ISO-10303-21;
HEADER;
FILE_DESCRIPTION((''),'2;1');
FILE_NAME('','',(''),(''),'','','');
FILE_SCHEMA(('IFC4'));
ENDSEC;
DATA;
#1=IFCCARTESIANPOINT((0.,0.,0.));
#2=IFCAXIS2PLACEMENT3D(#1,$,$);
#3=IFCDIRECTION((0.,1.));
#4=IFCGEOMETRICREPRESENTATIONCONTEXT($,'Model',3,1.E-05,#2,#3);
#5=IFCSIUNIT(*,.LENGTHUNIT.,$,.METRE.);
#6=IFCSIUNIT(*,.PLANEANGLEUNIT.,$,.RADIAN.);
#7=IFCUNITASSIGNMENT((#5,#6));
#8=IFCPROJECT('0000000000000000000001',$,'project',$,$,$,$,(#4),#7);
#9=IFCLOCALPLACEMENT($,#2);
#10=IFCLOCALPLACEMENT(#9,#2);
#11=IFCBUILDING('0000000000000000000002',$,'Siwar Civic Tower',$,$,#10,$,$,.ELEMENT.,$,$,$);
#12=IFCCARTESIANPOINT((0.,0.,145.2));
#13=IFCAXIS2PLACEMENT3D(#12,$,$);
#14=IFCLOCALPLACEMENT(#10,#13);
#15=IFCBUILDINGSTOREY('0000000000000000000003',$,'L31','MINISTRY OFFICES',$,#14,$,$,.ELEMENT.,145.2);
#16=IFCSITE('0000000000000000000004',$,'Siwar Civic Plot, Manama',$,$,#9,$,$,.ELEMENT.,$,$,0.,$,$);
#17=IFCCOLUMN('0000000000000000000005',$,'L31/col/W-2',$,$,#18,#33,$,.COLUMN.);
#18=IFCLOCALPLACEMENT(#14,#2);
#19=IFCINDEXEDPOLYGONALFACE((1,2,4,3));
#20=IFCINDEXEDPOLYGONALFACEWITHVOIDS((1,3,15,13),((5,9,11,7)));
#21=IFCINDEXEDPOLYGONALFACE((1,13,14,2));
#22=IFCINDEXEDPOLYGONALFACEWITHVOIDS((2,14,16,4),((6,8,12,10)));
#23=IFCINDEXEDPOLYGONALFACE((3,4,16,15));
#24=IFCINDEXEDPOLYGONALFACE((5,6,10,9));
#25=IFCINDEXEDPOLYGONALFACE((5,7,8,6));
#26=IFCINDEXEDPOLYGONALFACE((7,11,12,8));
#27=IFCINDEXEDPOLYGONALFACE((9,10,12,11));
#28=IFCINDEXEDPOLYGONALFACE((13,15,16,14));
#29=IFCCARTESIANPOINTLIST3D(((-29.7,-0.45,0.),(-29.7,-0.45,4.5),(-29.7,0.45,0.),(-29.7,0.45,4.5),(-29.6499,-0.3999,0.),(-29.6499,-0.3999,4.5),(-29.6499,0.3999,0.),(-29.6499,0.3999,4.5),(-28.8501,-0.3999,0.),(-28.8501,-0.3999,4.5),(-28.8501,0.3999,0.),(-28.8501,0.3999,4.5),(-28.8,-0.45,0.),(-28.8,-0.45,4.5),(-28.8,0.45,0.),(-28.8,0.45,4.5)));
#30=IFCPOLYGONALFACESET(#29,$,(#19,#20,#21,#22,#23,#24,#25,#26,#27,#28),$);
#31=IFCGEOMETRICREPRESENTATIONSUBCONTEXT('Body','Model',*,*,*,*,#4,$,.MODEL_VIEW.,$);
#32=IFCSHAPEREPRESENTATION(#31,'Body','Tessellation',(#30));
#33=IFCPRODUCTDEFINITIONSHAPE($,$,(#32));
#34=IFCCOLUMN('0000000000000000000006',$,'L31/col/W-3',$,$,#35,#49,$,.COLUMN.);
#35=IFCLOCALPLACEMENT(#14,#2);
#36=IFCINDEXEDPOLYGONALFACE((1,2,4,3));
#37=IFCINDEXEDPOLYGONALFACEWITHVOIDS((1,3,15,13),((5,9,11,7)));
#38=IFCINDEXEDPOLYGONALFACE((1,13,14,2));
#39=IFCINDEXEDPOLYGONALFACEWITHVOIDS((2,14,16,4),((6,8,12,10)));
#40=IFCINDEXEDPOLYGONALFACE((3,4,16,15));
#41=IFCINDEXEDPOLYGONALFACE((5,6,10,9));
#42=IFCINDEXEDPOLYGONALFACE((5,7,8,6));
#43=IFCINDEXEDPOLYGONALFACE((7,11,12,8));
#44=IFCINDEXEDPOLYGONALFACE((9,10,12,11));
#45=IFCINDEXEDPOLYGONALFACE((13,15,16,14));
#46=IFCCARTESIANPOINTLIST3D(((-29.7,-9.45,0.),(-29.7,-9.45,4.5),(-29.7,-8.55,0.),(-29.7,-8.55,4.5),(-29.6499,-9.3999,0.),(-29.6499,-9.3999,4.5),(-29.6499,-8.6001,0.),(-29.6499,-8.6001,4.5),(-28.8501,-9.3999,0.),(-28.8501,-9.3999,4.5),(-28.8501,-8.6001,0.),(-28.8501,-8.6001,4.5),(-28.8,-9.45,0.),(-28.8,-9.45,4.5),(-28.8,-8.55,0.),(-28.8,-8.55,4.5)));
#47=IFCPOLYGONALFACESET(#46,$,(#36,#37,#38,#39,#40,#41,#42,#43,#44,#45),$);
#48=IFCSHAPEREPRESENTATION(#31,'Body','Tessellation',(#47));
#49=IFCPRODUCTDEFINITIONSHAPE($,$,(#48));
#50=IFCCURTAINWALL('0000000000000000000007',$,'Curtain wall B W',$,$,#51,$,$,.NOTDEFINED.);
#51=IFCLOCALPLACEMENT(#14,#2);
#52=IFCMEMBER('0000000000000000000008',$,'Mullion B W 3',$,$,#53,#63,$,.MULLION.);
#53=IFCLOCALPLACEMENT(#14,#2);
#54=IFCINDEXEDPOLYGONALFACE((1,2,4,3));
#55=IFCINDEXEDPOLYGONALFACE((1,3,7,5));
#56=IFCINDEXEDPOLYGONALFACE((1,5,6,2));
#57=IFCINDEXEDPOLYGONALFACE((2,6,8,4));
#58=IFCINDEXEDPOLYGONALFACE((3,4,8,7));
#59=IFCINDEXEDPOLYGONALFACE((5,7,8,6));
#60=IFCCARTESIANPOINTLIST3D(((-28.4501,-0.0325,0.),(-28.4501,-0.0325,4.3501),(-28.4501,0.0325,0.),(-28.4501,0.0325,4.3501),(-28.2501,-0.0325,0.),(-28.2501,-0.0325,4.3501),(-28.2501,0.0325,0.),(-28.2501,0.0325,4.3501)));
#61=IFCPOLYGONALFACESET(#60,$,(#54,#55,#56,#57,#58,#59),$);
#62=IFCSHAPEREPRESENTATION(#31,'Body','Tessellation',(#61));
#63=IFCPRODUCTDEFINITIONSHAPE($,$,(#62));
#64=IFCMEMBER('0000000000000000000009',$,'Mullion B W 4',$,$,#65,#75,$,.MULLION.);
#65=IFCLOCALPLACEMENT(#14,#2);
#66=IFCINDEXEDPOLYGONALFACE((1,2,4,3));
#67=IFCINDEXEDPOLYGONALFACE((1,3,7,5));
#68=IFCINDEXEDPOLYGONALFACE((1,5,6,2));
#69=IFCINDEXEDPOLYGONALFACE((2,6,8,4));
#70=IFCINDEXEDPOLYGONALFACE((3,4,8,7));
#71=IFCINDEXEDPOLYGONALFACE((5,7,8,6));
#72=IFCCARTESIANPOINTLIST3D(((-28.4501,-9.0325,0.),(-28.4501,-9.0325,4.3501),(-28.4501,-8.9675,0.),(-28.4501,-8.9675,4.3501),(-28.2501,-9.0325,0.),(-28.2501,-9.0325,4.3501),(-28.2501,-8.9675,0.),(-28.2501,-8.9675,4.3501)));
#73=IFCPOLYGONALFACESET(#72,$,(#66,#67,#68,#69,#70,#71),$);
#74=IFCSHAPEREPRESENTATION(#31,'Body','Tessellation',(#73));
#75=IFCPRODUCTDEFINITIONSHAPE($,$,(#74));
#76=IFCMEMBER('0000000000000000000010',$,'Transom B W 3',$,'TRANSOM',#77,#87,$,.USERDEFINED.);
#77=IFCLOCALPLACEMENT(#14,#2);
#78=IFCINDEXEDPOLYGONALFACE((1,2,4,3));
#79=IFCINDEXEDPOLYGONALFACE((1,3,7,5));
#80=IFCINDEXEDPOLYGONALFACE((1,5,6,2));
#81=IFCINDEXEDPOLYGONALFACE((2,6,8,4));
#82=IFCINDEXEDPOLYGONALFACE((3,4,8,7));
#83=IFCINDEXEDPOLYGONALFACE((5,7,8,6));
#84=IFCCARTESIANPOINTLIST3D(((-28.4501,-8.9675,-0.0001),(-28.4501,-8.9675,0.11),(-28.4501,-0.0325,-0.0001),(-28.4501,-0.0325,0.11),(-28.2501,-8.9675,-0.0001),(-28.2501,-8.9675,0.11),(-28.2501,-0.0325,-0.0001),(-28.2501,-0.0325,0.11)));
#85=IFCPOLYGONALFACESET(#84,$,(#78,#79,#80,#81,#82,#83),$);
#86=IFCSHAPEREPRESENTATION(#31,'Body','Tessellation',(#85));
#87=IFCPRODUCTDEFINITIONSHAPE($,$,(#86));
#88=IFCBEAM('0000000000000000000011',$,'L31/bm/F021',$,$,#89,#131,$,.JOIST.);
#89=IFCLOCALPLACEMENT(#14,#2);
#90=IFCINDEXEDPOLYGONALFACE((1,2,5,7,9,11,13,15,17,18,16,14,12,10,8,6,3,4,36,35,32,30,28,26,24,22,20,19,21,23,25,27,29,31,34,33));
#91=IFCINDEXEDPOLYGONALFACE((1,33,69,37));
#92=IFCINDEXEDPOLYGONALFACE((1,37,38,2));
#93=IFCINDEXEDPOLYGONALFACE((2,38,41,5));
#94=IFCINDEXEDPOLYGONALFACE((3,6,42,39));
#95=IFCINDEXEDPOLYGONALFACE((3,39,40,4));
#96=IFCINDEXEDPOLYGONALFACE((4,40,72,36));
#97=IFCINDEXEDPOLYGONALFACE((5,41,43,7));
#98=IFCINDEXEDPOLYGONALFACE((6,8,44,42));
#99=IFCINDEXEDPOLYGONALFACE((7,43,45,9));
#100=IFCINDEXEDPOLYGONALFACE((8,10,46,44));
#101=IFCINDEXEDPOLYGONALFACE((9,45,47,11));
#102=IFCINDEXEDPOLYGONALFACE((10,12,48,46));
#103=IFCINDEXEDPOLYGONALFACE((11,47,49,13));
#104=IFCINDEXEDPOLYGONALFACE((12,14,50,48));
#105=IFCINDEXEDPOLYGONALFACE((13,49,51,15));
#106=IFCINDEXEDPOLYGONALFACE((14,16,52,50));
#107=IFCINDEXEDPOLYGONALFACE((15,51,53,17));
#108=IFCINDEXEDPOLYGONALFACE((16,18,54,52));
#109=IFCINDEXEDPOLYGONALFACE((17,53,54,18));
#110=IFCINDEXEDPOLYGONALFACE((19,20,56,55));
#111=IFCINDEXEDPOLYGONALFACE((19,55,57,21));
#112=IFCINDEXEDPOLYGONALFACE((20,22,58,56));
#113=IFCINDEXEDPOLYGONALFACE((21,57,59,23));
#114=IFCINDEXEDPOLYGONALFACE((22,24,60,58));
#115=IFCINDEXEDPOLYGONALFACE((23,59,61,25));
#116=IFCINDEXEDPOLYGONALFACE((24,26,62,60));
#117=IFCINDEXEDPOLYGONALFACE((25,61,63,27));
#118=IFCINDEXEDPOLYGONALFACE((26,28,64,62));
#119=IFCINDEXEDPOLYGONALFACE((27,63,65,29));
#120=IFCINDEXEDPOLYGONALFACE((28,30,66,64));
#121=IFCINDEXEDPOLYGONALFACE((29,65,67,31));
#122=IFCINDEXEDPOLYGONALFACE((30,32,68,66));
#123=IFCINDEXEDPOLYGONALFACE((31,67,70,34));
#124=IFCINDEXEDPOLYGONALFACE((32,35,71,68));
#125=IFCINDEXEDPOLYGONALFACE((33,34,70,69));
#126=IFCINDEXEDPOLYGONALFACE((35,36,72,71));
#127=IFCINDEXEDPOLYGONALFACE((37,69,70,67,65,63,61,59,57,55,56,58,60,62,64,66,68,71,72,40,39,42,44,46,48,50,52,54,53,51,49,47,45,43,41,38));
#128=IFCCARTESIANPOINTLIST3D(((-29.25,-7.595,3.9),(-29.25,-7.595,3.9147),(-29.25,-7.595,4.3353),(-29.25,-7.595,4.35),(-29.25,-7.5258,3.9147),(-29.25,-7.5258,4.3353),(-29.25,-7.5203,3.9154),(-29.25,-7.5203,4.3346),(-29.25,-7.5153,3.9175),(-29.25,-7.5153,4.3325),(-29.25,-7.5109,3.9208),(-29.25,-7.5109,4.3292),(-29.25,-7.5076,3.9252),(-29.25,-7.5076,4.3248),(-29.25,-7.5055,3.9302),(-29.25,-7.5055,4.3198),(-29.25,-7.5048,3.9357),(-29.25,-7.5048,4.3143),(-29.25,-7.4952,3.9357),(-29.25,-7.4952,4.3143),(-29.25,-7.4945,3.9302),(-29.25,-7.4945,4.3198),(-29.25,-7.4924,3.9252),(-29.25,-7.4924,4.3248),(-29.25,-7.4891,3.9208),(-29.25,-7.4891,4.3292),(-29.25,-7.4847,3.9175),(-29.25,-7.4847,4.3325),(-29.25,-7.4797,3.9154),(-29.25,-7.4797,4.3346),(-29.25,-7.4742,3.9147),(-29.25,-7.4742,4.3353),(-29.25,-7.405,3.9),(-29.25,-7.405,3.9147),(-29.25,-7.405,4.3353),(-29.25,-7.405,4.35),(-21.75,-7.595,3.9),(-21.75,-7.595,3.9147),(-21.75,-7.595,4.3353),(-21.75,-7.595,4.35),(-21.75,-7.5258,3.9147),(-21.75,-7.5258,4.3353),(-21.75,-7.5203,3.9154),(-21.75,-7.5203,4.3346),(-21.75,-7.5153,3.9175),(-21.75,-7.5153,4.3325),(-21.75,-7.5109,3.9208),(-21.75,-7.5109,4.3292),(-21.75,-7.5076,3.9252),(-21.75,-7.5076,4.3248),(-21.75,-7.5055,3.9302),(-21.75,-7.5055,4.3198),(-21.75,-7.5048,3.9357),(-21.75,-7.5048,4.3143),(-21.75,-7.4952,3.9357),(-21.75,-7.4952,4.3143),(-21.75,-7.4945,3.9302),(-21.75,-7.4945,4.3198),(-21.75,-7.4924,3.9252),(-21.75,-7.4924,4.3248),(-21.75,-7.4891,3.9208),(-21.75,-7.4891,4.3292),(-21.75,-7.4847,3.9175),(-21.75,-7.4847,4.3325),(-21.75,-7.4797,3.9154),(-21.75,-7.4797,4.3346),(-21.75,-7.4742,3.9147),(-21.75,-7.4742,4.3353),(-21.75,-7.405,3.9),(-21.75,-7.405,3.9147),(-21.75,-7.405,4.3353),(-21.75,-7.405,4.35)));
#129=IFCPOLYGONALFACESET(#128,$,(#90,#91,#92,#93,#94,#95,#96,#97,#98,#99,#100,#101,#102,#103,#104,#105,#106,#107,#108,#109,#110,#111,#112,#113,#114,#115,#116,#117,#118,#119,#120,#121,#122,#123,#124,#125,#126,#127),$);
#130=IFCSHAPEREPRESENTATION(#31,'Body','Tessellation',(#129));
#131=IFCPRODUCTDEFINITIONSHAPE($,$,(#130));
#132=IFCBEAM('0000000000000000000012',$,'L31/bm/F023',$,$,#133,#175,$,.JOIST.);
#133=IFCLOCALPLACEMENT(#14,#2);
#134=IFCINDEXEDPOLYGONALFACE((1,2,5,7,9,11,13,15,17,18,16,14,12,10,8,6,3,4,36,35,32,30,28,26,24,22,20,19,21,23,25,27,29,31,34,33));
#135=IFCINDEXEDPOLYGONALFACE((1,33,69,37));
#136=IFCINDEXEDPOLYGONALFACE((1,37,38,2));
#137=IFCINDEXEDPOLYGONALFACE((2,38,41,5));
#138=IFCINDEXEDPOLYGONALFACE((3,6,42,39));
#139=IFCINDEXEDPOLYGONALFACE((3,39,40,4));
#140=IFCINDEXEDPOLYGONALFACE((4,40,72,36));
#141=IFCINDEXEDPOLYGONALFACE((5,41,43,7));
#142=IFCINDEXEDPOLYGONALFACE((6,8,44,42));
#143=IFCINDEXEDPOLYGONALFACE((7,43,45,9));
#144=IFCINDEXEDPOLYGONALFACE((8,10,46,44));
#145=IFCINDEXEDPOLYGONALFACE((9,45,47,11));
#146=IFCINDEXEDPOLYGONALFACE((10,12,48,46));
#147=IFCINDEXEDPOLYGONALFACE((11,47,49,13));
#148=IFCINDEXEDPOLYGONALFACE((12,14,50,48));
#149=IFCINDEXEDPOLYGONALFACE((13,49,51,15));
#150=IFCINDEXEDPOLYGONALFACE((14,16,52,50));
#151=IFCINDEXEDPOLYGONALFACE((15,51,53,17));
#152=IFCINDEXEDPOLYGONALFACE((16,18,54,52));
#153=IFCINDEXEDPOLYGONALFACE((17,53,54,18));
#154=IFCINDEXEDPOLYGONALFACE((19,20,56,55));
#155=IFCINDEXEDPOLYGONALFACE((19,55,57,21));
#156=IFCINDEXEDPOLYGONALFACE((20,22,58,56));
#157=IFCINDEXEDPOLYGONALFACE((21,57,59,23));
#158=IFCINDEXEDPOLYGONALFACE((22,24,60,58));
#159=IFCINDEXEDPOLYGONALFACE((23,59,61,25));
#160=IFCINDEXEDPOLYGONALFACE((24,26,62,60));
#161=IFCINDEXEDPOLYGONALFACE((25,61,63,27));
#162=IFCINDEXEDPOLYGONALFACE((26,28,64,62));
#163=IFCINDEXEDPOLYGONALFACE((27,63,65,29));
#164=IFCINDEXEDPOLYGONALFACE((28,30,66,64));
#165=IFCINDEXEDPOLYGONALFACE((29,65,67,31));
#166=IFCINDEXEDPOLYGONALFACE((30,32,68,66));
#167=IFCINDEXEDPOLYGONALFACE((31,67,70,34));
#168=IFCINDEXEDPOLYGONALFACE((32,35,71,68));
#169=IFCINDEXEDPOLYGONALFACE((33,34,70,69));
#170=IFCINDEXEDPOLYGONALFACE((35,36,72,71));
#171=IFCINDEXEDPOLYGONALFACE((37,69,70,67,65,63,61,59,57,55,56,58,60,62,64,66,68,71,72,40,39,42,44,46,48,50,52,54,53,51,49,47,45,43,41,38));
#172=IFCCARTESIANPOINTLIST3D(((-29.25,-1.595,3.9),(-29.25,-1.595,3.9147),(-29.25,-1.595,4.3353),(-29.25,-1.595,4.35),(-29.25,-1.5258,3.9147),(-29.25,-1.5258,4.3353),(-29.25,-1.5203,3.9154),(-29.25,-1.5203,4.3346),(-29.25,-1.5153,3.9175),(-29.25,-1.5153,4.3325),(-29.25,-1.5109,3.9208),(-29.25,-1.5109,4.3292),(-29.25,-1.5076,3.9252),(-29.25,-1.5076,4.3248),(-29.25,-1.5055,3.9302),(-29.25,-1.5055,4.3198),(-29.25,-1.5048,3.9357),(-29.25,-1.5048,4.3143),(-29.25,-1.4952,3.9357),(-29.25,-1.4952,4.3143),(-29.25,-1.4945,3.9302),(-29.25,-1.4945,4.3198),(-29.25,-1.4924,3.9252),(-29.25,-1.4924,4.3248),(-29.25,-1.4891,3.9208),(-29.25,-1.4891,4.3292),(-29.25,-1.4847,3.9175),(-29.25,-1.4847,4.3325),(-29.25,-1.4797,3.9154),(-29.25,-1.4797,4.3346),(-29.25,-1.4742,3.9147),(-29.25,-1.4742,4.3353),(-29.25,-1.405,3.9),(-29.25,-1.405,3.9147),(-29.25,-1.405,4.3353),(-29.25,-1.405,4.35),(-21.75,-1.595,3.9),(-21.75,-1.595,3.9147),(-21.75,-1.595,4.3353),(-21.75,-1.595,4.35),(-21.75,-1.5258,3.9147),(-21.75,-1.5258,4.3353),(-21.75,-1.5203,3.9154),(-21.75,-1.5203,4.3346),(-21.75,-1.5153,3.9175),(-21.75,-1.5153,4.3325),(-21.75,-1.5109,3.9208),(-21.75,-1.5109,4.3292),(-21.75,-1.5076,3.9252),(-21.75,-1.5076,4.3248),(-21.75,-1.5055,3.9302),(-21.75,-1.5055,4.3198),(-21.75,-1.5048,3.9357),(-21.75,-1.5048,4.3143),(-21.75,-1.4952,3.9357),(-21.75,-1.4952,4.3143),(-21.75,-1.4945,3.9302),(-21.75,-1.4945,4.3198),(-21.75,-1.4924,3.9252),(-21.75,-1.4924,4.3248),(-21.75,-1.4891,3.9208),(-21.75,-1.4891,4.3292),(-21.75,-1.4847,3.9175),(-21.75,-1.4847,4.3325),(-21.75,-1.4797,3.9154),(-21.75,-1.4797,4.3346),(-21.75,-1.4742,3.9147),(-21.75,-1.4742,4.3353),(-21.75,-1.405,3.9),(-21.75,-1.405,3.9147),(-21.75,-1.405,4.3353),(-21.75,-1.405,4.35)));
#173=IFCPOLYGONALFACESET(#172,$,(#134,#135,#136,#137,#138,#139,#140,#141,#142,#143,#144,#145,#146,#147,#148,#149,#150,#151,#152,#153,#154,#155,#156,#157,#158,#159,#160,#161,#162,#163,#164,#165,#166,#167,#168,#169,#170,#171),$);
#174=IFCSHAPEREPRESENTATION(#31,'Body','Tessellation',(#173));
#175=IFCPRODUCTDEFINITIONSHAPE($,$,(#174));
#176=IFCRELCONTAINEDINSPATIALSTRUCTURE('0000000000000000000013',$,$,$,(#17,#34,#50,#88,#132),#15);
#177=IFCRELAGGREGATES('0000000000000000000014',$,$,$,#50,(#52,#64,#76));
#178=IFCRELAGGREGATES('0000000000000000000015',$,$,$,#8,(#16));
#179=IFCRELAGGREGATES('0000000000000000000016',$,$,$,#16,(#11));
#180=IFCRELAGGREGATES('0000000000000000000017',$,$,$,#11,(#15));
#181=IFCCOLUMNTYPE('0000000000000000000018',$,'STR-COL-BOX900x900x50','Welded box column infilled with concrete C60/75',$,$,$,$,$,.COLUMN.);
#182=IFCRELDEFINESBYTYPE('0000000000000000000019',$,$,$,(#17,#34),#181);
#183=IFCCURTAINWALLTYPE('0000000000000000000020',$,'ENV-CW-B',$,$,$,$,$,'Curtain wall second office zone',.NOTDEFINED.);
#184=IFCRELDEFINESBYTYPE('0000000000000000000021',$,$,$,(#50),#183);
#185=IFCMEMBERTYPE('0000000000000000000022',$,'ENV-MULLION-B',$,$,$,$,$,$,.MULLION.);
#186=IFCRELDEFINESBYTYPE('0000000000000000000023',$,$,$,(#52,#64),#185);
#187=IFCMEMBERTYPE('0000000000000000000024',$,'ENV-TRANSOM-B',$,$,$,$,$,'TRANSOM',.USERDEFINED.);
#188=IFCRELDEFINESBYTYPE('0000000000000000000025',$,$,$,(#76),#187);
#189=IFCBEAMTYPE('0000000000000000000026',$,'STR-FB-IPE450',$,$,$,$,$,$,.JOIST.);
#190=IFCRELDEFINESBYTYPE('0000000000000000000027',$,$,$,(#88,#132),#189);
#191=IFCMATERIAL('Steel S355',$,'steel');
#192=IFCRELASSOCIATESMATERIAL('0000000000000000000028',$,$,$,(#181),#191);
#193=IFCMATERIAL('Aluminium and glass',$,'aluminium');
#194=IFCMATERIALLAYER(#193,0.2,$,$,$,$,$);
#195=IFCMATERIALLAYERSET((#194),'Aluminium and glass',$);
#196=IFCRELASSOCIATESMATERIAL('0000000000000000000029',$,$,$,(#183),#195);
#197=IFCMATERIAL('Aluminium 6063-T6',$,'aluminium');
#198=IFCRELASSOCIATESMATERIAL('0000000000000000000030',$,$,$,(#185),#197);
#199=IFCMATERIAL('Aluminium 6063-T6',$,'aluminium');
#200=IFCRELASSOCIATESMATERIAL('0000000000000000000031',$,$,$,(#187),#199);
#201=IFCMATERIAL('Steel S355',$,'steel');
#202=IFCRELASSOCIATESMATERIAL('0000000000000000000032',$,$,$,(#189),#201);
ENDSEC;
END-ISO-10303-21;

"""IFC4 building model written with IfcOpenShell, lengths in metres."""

from ifc_helpers import new_model, si_unit, direction, frame, origin, origin_2d, place, context, subcontext, project, spatial, rectangle, hollow_rectangle, i_section, extrude, material, layer, layer_set, material_profile, profile_set, type_object, element, aggregate, save


model = new_model("IFC4")

# Units and contexts
model_context = context("Model", 3, precision=1e-05, world=origin(), true_north=direction((0.0, 1.0)))
body_context = subcontext(model_context, "Body", "Model", "MODEL_VIEW")
ifc_project = project(units=[si_unit("LENGTHUNIT", "METRE"), si_unit("PLANEANGLEUNIT", "RADIAN")], contexts=[model_context])

# Site, building, storey
site_placement = place(None, origin())
site = spatial("IfcSite", under=ifc_project, at=site_placement, Name="Siwar Civic Plot, Manama", CompositionType="ELEMENT", RefElevation=0.0)
building_placement = place(site_placement, origin())
building = spatial("IfcBuilding", under=site, at=building_placement, Name="Siwar Civic Tower", CompositionType="ELEMENT")
storey_placement = place(building_placement, frame((0.0, 0.0, 145.2)))
storey = spatial("IfcBuildingStorey", under=building, at=storey_placement, Name="L31", Description="MINISTRY OFFICES", CompositionType="ELEMENT", Elevation=145.2)

# Columns
ifc_material_1 = material(Name="Steel S355", Category="steel")
ifc_material_profile_1 = material_profile(ifc_material_1, hollow_rectangle(XDim=0.8999, YDim=0.8999, WallThickness=0.05, at=origin_2d()), Name="BOX900x900x50")
ifc_profile_set_1 = profile_set([ifc_material_profile_1], Name="Steel S355")
column_type = type_object("IfcColumnType", Name="STR-COL-BOX900x900x50", Description="Welded box column infilled with concrete C60/75", PredefinedType="COLUMN", material=ifc_profile_set_1)
for number, where, z_axis, x_axis, name in (
    (1, (-29.25, 0.0, 0.0), (0.0, 0.0, 1.0), (1.0, 0.0, 0.0), "L31/col/W-2"),
    (2, (-29.25, -9.0, 0.0), (0.0, 0.0, 1.0), (1.0, 0.0, 0.0), "L31/col/W-3"),
):
    element("IfcColumn", number, at=place(storey_placement, frame(where, z_axis=z_axis, x_axis=x_axis)), inside=storey, type_object=column_type, Name=name, PredefinedType="COLUMN", context=body_context, shape_type="SweptSolid", body=[
        extrude(hollow_rectangle(XDim=0.8999, YDim=0.8999, WallThickness=0.05, at=origin_2d()), origin(), (0.0, 0.0, 1.0), 4.5),
    ])

# Curtain wall, members
ifc_material_2 = material(Name="Aluminium and glass", Category="aluminium")
ifc_layer_1 = layer(ifc_material_2, 0.2)
ifc_layer_set_1 = layer_set([ifc_layer_1], Name="Aluminium and glass")
curtain_wall_type = type_object("IfcCurtainWallType", Name="ENV-CW-B", ElementType="Curtain wall second office zone", PredefinedType="NOTDEFINED", material=ifc_layer_set_1)
curtain_wall_placement = place(storey_placement, origin())
curtain_wall = element("IfcCurtainWall", 3, at=curtain_wall_placement, inside=storey, type_object=curtain_wall_type, Name="Curtain wall B W", PredefinedType="NOTDEFINED")
ifc_material_3 = material(Name="Aluminium 6063-T6", Category="aluminium")
ifc_material_profile_2 = material_profile(ifc_material_3, rectangle(XDim=0.2, YDim=0.0649, at=origin_2d()), Name="AL 200x65")
ifc_profile_set_2 = profile_set([ifc_material_profile_2], Name="Aluminium 6063-T6")
member_type_1 = type_object("IfcMemberType", Name="ENV-MULLION-B", PredefinedType="MULLION", material=ifc_profile_set_2)
member_1_placement = place(storey_placement, frame((-28.3501, 0.0, 0.0), z_axis=(0.0, 0.0, 1.0), x_axis=(1.0, 0.0, 0.0)))
member_1 = element("IfcMember", 4, at=member_1_placement, type_object=member_type_1, Name="Mullion B W 3", PredefinedType="MULLION", context=body_context, shape_type="SweptSolid", body=[
    extrude(rectangle(XDim=0.2, YDim=0.0649, at=origin_2d()), origin(), (0.0, 0.0, 1.0), 4.3501),
])
member_2_placement = place(storey_placement, frame((-28.3501, -9.0, 0.0), z_axis=(0.0, 0.0, 1.0), x_axis=(1.0, 0.0, 0.0)))
member_2 = element("IfcMember", 5, at=member_2_placement, type_object=member_type_1, Name="Mullion B W 4", PredefinedType="MULLION", context=body_context, shape_type="SweptSolid", body=[
    extrude(rectangle(XDim=0.2, YDim=0.0649, at=origin_2d()), origin(), (0.0, 0.0, 1.0), 4.3501),
])
ifc_material_4 = material(Name="Aluminium 6063-T6", Category="aluminium")
ifc_material_profile_3 = material_profile(ifc_material_4, rectangle(XDim=0.2, YDim=0.1101, at=origin_2d()), Name="AL 200x110")
ifc_profile_set_3 = profile_set([ifc_material_profile_3], Name="Aluminium 6063-T6")
member_type_2 = type_object("IfcMemberType", Name="ENV-TRANSOM-B", ElementType="TRANSOM", PredefinedType="USERDEFINED", material=ifc_profile_set_3)
member_3_placement = place(storey_placement, frame((-28.3501, -0.0325, 0.0549), z_axis=(0.0, -1.0, 0.0), x_axis=(1.0, 0.0, 0.0)))
member_3 = element("IfcMember", 6, at=member_3_placement, type_object=member_type_2, Name="Transom B W 3", ObjectType="TRANSOM", PredefinedType="USERDEFINED", context=body_context, shape_type="SweptSolid", body=[
    extrude(rectangle(XDim=0.2, YDim=0.1101, at=origin_2d()), origin(), (0.0, 0.0, 1.0), 8.9351),
])

# Beams
ifc_material_5 = material(Name="Steel S355", Category="steel")
ifc_material_profile_4 = material_profile(ifc_material_5, i_section(OverallWidth=0.1899, OverallDepth=0.45, WebThickness=0.0095, FlangeThickness=0.0146, FilletRadius=0.021, at=origin_2d()), Name="IPE450")
ifc_profile_set_4 = profile_set([ifc_material_profile_4], Name="Steel S355")
beam_type_1 = type_object("IfcBeamType", Name="STR-FB-IPE450", PredefinedType="JOIST", material=ifc_profile_set_4)
for number, where, z_axis, x_axis, name in (
    (7, (-29.25, -7.5, 4.125), (1.0, 0.0, 0.0), (0.0, 1.0, 0.0), "L31/bm/F021"),
    (8, (-29.25, -1.5, 4.125), (1.0, 0.0, 0.0), (0.0, 1.0, 0.0), "L31/bm/F023"),
):
    element("IfcBeam", number, at=place(storey_placement, frame(where, z_axis=z_axis, x_axis=x_axis)), inside=storey, type_object=beam_type_1, Name=name, PredefinedType="JOIST", context=body_context, shape_type="SweptSolid", body=[
        extrude(i_section(OverallWidth=0.1899, OverallDepth=0.45, WebThickness=0.0095, FlangeThickness=0.0146, FilletRadius=0.021, at=origin_2d()), origin(), (0.0, 0.0, 1.0), 7.5),
    ])

aggregate(curtain_wall, [member_1, member_2, member_3])

save(model, "model.ifc")
